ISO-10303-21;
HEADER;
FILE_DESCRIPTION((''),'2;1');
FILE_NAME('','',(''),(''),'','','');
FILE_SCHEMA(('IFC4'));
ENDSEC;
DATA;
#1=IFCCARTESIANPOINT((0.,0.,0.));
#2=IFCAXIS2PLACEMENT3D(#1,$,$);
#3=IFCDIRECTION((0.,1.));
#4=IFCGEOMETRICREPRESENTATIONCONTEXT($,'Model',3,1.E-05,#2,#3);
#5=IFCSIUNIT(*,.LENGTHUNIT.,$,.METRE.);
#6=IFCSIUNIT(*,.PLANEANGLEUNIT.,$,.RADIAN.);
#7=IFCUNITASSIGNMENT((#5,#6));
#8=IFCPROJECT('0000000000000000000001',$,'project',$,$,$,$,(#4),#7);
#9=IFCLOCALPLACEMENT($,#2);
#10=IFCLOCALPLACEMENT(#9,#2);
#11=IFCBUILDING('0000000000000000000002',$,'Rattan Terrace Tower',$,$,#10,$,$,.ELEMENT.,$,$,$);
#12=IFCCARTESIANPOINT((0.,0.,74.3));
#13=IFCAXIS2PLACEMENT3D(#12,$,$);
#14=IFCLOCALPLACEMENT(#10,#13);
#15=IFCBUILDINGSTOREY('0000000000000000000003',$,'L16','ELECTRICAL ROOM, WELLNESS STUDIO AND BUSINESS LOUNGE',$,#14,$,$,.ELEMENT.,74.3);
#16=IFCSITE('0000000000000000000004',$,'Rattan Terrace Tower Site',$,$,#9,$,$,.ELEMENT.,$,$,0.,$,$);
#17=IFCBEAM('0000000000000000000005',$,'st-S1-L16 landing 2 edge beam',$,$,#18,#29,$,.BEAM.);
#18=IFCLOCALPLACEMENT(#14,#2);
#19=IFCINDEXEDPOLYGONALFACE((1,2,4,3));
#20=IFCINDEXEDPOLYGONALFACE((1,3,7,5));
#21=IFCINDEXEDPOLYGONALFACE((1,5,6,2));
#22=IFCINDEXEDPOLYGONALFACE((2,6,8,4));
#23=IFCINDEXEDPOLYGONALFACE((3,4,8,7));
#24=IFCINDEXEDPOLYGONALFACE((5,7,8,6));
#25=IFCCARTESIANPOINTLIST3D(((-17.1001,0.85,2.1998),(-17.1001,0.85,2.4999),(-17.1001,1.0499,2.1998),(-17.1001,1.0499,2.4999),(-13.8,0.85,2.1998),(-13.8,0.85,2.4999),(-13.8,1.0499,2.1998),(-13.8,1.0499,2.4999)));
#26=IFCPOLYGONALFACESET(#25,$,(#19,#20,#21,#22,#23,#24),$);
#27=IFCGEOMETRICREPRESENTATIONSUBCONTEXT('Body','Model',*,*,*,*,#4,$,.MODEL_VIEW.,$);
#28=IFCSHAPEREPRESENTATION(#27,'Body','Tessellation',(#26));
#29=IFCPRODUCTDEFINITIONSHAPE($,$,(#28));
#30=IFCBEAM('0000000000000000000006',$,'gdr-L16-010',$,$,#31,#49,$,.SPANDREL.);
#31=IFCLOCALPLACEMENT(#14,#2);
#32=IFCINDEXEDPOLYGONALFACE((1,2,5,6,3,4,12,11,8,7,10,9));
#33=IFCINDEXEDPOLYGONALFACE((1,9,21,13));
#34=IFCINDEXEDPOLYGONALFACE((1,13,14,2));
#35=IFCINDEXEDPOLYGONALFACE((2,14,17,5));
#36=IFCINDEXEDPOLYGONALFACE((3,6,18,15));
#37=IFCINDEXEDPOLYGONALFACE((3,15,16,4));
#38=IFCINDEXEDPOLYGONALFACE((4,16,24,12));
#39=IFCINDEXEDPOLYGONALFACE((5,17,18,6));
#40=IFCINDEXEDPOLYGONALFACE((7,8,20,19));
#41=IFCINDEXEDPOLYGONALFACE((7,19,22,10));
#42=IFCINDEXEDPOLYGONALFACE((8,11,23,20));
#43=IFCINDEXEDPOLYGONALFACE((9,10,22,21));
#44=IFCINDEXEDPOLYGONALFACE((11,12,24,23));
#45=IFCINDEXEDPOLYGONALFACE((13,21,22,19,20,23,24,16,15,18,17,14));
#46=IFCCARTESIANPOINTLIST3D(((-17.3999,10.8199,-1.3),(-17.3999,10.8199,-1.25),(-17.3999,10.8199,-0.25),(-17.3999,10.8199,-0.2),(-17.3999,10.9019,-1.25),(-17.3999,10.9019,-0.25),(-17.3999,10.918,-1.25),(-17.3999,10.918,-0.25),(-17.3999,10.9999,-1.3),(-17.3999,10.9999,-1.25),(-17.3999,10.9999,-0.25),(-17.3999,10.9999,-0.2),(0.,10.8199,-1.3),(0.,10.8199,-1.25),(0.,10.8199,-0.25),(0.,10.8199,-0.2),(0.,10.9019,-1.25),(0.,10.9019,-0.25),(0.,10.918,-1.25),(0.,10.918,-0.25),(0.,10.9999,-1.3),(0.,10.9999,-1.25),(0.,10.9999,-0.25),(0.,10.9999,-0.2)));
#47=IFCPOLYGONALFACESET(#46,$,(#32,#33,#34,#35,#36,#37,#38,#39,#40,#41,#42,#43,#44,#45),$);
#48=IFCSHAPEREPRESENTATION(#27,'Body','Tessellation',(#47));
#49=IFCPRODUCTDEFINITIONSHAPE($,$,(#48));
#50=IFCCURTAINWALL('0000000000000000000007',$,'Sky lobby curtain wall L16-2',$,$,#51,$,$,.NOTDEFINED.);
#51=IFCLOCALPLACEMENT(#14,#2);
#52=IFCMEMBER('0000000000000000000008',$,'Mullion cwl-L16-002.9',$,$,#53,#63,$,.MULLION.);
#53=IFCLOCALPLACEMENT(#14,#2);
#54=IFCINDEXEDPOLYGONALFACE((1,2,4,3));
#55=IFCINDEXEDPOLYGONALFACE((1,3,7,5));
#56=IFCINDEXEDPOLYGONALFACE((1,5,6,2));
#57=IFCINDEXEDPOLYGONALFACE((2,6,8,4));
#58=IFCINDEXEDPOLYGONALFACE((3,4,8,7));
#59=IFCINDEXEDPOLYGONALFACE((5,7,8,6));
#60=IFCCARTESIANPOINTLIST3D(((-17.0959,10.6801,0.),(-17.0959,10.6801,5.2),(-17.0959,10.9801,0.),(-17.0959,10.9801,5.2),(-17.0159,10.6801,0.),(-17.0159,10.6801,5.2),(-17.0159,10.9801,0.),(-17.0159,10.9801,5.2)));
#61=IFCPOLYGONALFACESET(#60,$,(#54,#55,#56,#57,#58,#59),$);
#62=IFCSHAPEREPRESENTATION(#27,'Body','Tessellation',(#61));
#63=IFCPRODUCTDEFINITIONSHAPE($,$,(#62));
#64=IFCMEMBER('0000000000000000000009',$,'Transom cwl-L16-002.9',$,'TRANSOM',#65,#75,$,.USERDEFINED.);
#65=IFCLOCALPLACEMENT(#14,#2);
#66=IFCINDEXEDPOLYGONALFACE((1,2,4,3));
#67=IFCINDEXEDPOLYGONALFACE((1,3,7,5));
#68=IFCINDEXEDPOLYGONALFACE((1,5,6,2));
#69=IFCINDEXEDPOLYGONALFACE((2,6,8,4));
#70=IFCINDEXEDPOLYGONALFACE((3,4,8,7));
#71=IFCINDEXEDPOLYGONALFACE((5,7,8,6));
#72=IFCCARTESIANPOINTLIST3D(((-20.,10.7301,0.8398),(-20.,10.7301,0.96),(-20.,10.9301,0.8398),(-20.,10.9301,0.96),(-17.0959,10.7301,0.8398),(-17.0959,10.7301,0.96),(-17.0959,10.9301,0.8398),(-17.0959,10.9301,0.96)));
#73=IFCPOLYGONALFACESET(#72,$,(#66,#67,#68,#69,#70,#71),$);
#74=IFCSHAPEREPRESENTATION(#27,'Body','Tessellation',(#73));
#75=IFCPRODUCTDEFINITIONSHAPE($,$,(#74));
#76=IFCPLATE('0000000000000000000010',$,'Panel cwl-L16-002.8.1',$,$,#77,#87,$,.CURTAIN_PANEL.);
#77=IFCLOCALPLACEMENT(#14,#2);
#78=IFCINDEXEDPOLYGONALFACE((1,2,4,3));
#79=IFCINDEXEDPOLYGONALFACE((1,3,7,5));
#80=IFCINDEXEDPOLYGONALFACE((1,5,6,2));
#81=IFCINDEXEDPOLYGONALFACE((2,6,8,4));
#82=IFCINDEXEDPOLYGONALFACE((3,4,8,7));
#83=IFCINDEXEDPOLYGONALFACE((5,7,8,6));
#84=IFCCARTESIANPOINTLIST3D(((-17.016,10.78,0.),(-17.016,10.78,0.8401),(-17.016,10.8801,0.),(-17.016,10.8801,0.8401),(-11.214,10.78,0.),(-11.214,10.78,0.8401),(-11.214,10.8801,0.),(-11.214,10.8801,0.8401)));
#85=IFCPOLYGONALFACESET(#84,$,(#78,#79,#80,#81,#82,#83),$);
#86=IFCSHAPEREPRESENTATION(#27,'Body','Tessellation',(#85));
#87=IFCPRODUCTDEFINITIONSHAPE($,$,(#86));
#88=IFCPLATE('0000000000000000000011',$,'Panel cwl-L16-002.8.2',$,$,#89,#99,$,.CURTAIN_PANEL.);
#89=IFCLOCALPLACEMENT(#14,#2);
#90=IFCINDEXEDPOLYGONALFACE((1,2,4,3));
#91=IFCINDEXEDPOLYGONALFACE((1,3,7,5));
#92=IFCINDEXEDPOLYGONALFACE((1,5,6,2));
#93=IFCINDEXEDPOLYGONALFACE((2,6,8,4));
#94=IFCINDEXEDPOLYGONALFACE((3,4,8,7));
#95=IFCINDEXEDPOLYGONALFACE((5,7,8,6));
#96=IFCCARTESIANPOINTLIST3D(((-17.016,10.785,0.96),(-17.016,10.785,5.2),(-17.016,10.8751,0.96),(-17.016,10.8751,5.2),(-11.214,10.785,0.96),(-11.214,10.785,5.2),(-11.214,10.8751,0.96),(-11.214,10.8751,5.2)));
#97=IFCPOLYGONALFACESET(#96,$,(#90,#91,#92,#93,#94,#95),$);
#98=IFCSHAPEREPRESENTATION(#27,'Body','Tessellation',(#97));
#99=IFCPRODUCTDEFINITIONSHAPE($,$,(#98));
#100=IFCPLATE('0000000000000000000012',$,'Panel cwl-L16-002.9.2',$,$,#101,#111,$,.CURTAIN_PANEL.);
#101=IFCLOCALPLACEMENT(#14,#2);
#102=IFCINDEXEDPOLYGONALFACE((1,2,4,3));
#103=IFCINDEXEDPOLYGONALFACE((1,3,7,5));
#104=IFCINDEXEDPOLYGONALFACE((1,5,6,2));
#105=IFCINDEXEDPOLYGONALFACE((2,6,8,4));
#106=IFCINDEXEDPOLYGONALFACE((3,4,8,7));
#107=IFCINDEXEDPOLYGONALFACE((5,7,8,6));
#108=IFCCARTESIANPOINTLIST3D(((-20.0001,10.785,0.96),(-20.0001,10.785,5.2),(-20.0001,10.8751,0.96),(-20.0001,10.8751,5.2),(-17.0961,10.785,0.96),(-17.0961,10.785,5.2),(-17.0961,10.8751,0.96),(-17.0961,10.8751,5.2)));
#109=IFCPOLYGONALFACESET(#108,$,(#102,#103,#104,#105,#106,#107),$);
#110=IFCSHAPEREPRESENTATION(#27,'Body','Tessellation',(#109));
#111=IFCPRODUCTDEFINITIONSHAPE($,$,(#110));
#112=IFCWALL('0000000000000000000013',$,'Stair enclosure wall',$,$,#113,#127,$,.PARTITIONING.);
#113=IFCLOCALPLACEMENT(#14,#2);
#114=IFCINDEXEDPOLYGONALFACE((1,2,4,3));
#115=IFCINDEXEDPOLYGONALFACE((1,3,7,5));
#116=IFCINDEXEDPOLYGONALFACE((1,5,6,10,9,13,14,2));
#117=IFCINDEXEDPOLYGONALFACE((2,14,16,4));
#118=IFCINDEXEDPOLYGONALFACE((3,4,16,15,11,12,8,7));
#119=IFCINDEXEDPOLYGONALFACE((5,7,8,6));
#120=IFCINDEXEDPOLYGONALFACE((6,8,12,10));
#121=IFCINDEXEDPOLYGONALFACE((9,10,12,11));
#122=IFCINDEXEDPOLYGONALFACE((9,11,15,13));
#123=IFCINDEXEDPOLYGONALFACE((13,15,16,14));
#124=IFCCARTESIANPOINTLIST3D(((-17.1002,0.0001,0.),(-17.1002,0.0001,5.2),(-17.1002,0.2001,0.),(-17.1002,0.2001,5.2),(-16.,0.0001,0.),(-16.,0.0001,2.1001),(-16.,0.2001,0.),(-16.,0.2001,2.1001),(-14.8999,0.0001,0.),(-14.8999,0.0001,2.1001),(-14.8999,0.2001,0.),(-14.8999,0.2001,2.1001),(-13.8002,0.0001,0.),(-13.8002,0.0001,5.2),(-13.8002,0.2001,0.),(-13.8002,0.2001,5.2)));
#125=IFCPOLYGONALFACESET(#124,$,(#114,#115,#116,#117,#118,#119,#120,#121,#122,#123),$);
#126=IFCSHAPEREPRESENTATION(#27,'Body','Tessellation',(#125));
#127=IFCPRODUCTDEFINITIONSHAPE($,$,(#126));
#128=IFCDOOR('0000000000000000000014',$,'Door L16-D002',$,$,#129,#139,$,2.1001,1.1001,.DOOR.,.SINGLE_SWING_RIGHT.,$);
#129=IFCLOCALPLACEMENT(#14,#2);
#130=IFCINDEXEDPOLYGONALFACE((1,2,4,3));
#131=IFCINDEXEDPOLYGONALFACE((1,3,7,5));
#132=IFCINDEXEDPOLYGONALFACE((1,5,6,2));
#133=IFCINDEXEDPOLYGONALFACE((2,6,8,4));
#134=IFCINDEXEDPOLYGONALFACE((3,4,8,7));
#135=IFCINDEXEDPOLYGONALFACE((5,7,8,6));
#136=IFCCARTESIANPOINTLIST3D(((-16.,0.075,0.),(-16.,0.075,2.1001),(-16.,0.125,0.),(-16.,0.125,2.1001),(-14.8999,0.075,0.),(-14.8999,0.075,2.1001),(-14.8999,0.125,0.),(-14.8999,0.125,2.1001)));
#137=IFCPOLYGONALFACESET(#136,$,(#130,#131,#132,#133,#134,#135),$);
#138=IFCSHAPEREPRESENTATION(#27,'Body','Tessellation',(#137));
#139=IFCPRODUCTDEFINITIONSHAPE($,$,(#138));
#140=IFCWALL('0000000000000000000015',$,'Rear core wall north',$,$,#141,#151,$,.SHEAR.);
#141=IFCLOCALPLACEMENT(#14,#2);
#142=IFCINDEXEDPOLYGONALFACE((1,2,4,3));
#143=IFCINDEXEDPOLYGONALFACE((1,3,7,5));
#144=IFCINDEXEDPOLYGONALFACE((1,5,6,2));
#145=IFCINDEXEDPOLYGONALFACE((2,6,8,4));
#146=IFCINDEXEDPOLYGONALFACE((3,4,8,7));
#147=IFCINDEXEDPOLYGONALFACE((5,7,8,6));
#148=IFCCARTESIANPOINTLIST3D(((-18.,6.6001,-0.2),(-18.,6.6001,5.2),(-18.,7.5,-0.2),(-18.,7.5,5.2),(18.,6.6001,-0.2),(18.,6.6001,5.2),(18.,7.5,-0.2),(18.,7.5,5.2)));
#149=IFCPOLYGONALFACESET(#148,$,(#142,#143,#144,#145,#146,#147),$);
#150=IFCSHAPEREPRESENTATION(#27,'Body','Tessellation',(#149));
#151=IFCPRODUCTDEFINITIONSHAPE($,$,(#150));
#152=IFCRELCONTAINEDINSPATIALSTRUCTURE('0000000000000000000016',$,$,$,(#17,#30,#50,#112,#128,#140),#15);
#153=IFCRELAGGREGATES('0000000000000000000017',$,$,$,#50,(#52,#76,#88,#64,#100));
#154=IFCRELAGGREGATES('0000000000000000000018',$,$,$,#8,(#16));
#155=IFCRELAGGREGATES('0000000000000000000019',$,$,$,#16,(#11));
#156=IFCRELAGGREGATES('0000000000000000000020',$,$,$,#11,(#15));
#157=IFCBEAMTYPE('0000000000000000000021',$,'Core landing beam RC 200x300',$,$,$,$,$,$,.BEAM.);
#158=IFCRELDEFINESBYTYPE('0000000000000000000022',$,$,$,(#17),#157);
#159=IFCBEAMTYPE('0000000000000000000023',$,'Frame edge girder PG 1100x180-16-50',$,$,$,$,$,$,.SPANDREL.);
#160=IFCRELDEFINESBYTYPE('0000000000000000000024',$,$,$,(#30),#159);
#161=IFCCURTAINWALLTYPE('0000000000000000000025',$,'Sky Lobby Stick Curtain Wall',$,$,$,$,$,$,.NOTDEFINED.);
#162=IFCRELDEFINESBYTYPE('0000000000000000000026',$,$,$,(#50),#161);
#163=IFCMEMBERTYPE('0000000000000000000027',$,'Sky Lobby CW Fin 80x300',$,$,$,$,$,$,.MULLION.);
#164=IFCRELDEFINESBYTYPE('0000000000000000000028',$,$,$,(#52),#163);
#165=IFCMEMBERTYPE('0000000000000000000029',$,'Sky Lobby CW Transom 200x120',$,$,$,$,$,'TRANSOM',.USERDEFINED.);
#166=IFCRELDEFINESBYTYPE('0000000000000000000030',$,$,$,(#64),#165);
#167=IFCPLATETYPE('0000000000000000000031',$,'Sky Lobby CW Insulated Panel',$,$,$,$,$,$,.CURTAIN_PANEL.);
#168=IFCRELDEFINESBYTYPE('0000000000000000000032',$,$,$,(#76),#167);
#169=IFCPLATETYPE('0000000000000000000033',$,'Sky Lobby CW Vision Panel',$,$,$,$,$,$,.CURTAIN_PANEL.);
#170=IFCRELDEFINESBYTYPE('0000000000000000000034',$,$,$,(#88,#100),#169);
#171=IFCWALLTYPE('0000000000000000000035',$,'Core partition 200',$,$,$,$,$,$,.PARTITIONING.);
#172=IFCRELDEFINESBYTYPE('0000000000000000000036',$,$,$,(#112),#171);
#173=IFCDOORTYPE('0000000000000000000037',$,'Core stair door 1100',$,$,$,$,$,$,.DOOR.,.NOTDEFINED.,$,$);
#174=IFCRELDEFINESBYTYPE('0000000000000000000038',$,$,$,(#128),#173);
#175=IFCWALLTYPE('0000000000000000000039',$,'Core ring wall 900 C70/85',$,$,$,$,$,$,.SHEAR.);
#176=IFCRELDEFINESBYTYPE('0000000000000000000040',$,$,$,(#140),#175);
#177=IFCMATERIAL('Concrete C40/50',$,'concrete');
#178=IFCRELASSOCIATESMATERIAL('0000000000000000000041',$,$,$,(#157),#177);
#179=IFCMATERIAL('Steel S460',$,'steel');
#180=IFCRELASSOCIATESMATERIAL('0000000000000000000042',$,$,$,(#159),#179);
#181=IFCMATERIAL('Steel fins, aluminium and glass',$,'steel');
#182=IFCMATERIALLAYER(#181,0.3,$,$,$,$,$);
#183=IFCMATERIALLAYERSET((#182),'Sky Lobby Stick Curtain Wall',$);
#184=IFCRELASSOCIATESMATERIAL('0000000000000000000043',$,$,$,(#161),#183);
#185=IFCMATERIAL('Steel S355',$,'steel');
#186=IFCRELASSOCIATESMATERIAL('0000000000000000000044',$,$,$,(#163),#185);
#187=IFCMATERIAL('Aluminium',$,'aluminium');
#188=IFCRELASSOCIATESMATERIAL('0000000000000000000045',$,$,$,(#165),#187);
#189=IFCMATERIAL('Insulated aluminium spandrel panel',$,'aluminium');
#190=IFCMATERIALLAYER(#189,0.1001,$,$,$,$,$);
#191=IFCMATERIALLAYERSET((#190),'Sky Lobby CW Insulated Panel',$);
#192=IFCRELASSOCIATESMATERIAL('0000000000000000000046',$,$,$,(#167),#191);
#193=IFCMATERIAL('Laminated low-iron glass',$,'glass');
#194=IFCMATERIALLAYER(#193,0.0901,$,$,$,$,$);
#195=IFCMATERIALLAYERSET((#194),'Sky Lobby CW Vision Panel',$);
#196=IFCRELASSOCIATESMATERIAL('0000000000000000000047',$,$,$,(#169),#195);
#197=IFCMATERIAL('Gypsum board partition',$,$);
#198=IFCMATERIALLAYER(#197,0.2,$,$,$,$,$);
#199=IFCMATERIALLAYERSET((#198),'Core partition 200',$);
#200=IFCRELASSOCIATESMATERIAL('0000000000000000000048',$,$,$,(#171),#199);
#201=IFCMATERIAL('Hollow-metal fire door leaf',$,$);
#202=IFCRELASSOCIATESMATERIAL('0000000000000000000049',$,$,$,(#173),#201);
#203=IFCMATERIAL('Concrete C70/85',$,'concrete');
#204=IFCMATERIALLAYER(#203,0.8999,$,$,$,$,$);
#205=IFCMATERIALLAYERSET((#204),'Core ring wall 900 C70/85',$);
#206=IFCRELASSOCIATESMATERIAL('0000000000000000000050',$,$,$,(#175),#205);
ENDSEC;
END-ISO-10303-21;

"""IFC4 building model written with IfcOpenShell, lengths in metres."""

from ifc_helpers import new_model, si_unit, direction, frame, frame_2d, origin, origin_2d, place, context, subcontext, project, spatial, rectangle, i_section, extrude, material, layer, layer_set, material_profile, profile_set, type_object, element, fill, aggregate, save


model = new_model("IFC4")

# Units and contexts
model_context = context("Model", 3, precision=1e-05, world=origin(), true_north=direction((0.0, 1.0)))
body_context = subcontext(model_context, "Body", "Model", "MODEL_VIEW")
ifc_project = project(units=[si_unit("LENGTHUNIT", "METRE"), si_unit("PLANEANGLEUNIT", "RADIAN")], contexts=[model_context])

# Site, building, storey
site_placement = place(None, origin())
site = spatial("IfcSite", under=ifc_project, at=site_placement, Name="Rattan Terrace Tower Site", CompositionType="ELEMENT", RefElevation=0.0)
building_placement = place(site_placement, origin())
building = spatial("IfcBuilding", under=site, at=building_placement, Name="Rattan Terrace Tower", CompositionType="ELEMENT")
storey_placement = place(building_placement, frame((0.0, 0.0, 74.3)))
storey = spatial("IfcBuildingStorey", under=building, at=storey_placement, Name="L16", Description="ELECTRICAL ROOM, WELLNESS STUDIO AND BUSINESS LOUNGE", CompositionType="ELEMENT", Elevation=74.3)

# Beams
ifc_material_1 = material(Name="Concrete C40/50", Category="concrete")
ifc_material_profile_1 = material_profile(ifc_material_1, rectangle(XDim=0.2, YDim=0.3, at=origin_2d()), Name="RC 200x300")
ifc_profile_set_1 = profile_set([ifc_material_profile_1], Name="Concrete C40/50")
beam_type_1 = type_object("IfcBeamType", Name="Core landing beam RC 200x300", PredefinedType="BEAM", material=ifc_profile_set_1)
beam_1_placement = place(storey_placement, frame((-17.1001, 0.95, 2.3499), z_axis=(1.0, 0.0, 0.0), x_axis=(0.0, 1.0, 0.0)))
element("IfcBeam", 1, at=beam_1_placement, inside=storey, type_object=beam_type_1, Name="st-S1-L16 landing 2 edge beam", PredefinedType="BEAM", context=body_context, shape_type="SweptSolid", body=[
    extrude(rectangle(XDim=0.2, YDim=0.3, at=origin_2d()), origin(), (0.0, 0.0, 1.0), 3.3),
])
ifc_material_2 = material(Name="Steel S460", Category="steel")
ifc_material_profile_2 = material_profile(ifc_material_2, i_section(OverallWidth=0.1799, OverallDepth=1.1001, WebThickness=0.0161, FlangeThickness=0.05, at=origin_2d()), Name="PG 1100x180-16-50")
ifc_profile_set_2 = profile_set([ifc_material_profile_2], Name="Steel S460")
beam_type_2 = type_object("IfcBeamType", Name="Frame edge girder PG 1100x180-16-50", PredefinedType="SPANDREL", material=ifc_profile_set_2)
beam_2_placement = place(storey_placement, frame((-17.3999, 10.9099, -0.75), z_axis=(1.0, 0.0, 0.0), x_axis=(0.0, 1.0, 0.0)))
element("IfcBeam", 2, at=beam_2_placement, inside=storey, type_object=beam_type_2, Name="gdr-L16-010", PredefinedType="SPANDREL", context=body_context, shape_type="SweptSolid", body=[
    extrude(i_section(OverallWidth=0.1799, OverallDepth=1.1001, WebThickness=0.0161, FlangeThickness=0.05, at=origin_2d()), origin(), (0.0, 0.0, 1.0), 17.3999),
])

# Curtain wall, members, plates
ifc_material_3 = material(Name="Steel fins, aluminium and glass", Category="steel")
ifc_layer_1 = layer(ifc_material_3, 0.3)
ifc_layer_set_1 = layer_set([ifc_layer_1], Name="Sky Lobby Stick Curtain Wall")
curtain_wall_type = type_object("IfcCurtainWallType", Name="Sky Lobby Stick Curtain Wall", PredefinedType="NOTDEFINED", material=ifc_layer_set_1)
curtain_wall_placement = place(storey_placement, origin())
curtain_wall = element("IfcCurtainWall", 3, at=curtain_wall_placement, inside=storey, type_object=curtain_wall_type, Name="Sky lobby curtain wall L16-2", PredefinedType="NOTDEFINED")
ifc_material_4 = material(Name="Steel S355", Category="steel")
ifc_material_profile_3 = material_profile(ifc_material_4, rectangle(XDim=0.0801, YDim=0.3, at=origin_2d()), Name="Steel S355 80x300")
ifc_profile_set_3 = profile_set([ifc_material_profile_3], Name="Steel S355")
member_type_1 = type_object("IfcMemberType", Name="Sky Lobby CW Fin 80x300", PredefinedType="MULLION", material=ifc_profile_set_3)
member_1_placement = place(storey_placement, frame((-17.0559, 10.8301, 0.0), z_axis=(0.0, 0.0, 1.0), x_axis=(-1.0, 0.0, 0.0)))
member_1 = element("IfcMember", 4, at=member_1_placement, type_object=member_type_1, Name="Mullion cwl-L16-002.9", PredefinedType="MULLION", context=body_context, shape_type="SweptSolid", body=[
    extrude(rectangle(XDim=0.0801, YDim=0.3, at=origin_2d()), origin(), (0.0, 0.0, 1.0), 5.2),
])
ifc_material_5 = material(Name="Aluminium", Category="aluminium")
ifc_material_profile_4 = material_profile(ifc_material_5, rectangle(XDim=0.2, YDim=0.1201, at=origin_2d()), Name="Aluminium 200x120")
ifc_profile_set_4 = profile_set([ifc_material_profile_4], Name="Aluminium")
member_type_2 = type_object("IfcMemberType", Name="Sky Lobby CW Transom 200x120", ElementType="TRANSOM", PredefinedType="USERDEFINED", material=ifc_profile_set_4)
member_2_placement = place(storey_placement, frame((-17.0959, 10.8301, 0.8999), z_axis=(-1.0, 0.0, 0.0), x_axis=(0.0, -1.0, 0.0)))
member_2 = element("IfcMember", 5, at=member_2_placement, type_object=member_type_2, Name="Transom cwl-L16-002.9", ObjectType="TRANSOM", PredefinedType="USERDEFINED", context=body_context, shape_type="SweptSolid", body=[
    extrude(rectangle(XDim=0.2, YDim=0.1201, at=origin_2d()), origin(), (0.0, 0.0, 1.0), 2.9041),
])
ifc_material_6 = material(Name="Insulated aluminium spandrel panel", Category="aluminium")
ifc_layer_2 = layer(ifc_material_6, 0.1001)
ifc_layer_set_2 = layer_set([ifc_layer_2], Name="Sky Lobby CW Insulated Panel")
plate_type_1 = type_object("IfcPlateType", Name="Sky Lobby CW Insulated Panel", PredefinedType="CURTAIN_PANEL", material=ifc_layer_set_2)
plate_1_placement = place(storey_placement, frame((-14.115, 10.8301, 0.0), z_axis=(0.0, 0.0, 1.0), x_axis=(-1.0, 0.0, 0.0)))
plate_1 = element("IfcPlate", 6, at=plate_1_placement, type_object=plate_type_1, Name="Panel cwl-L16-002.8.1", PredefinedType="CURTAIN_PANEL", context=body_context, shape_type="SweptSolid", body=[
    extrude(rectangle(XDim=5.802, YDim=0.1001, at=origin_2d()), origin(), (0.0, 0.0, 1.0), 0.8401),
])
ifc_material_7 = material(Name="Laminated low-iron glass", Category="glass")
ifc_layer_3 = layer(ifc_material_7, 0.0901)
ifc_layer_set_3 = layer_set([ifc_layer_3], Name="Sky Lobby CW Vision Panel")
plate_type_2 = type_object("IfcPlateType", Name="Sky Lobby CW Vision Panel", PredefinedType="CURTAIN_PANEL", material=ifc_layer_set_3)
plate_2_placement = place(storey_placement, frame((-14.115, 10.8301, 0.96), z_axis=(0.0, 0.0, 1.0), x_axis=(-1.0, 0.0, 0.0)))
plate_2 = element("IfcPlate", 7, at=plate_2_placement, type_object=plate_type_2, Name="Panel cwl-L16-002.8.2", PredefinedType="CURTAIN_PANEL", context=body_context, shape_type="SweptSolid", body=[
    extrude(rectangle(XDim=5.802, YDim=0.0901, at=origin_2d()), origin(), (0.0, 0.0, 1.0), 4.24),
])
plate_3_placement = place(storey_placement, frame((-18.5481, 10.8301, 0.96), z_axis=(0.0, 0.0, 1.0), x_axis=(-1.0, 0.0, 0.0)))
plate_3 = element("IfcPlate", 8, at=plate_3_placement, type_object=plate_type_2, Name="Panel cwl-L16-002.9.2", PredefinedType="CURTAIN_PANEL", context=body_context, shape_type="SweptSolid", body=[
    extrude(rectangle(XDim=2.9041, YDim=0.0901, at=origin_2d()), origin(), (0.0, 0.0, 1.0), 4.24),
])
aggregate(curtain_wall, [member_1, plate_1, plate_2, member_2, plate_3])

# Wall, opening, door
ifc_material_8 = material(Name="Gypsum board partition")
ifc_layer_4 = layer(ifc_material_8, 0.2)
ifc_layer_set_4 = layer_set([ifc_layer_4], Name="Core partition 200")
wall_type_1 = type_object("IfcWallType", Name="Core partition 200", PredefinedType="PARTITIONING", material=ifc_layer_set_4)
wall_1_placement = place(storey_placement, frame((-17.1001, 0.1001, 0.0), z_axis=(0.0, 0.0, 1.0), x_axis=(1.0, 0.0, 0.0)))
wall_1 = element("IfcWall", 9, at=wall_1_placement, inside=storey, type_object=wall_type_1, Name="Stair enclosure wall", PredefinedType="PARTITIONING", context=body_context, shape_type="SweptSolid", body=[
    extrude(rectangle(XDim=3.3, YDim=0.2, at=frame_2d((1.6499, 0.0))), origin(), (0.0, 0.0, 1.0), 5.2),
])
opening_placement = place(wall_1_placement, frame((1.1001, 0.0, 0.0)))
opening = element("IfcOpeningElement", 10, at=opening_placement, cuts=wall_1, PredefinedType="OPENING", context=body_context, shape_type="SweptSolid", body=[
    extrude(rectangle(XDim=1.1001, YDim=2.1001, at=frame_2d((0.55, 1.05))), frame((0.0, 0.1106, 0.0), z_axis=(0.0, -1.0, 0.0), x_axis=(1.0, 0.0, 0.0)), (0.0, 0.0, 1.0), 0.2209),
])
ifc_material_9 = material(Name="Hollow-metal fire door leaf")
door_type = type_object("IfcDoorType", Name="Core stair door 1100", OperationType="NOTDEFINED", PredefinedType="DOOR", material=ifc_material_9)
door_placement = place(opening_placement, origin())
door = element("IfcDoor", 11, at=door_placement, inside=storey, type_object=door_type, Name="Door L16-D002", OperationType="SINGLE_SWING_RIGHT", OverallHeight=2.1001, OverallWidth=1.1001, PredefinedType="DOOR", context=body_context, shape_type="SweptSolid", body=[
    extrude(rectangle(XDim=1.1001, YDim=2.1001, at=frame_2d((0.55, 1.05))), frame((0.0, 0.0249, 0.0), z_axis=(0.0, -1.0, 0.0), x_axis=(1.0, 0.0, 0.0)), (0.0, 0.0, 1.0), 0.05),
])
fill(opening, door)

# Wall
ifc_material_10 = material(Name="Concrete C70/85", Category="concrete")
ifc_layer_5 = layer(ifc_material_10, 0.8999)
ifc_layer_set_5 = layer_set([ifc_layer_5], Name="Core ring wall 900 C70/85")
wall_type_2 = type_object("IfcWallType", Name="Core ring wall 900 C70/85", PredefinedType="SHEAR", material=ifc_layer_set_5)
wall_2_placement = place(storey_placement, frame((-18.0, 7.05, -0.2), z_axis=(0.0, 0.0, 1.0), x_axis=(1.0, 0.0, 0.0)))
element("IfcWall", 12, at=wall_2_placement, inside=storey, type_object=wall_type_2, Name="Rear core wall north", PredefinedType="SHEAR", context=body_context, shape_type="SweptSolid", body=[
    extrude(rectangle(XDim=36.0, YDim=0.8999, at=frame_2d((18.0, 0.0))), origin(), (0.0, 0.0, 1.0), 5.3999),
])

save(model, "model.ifc")
